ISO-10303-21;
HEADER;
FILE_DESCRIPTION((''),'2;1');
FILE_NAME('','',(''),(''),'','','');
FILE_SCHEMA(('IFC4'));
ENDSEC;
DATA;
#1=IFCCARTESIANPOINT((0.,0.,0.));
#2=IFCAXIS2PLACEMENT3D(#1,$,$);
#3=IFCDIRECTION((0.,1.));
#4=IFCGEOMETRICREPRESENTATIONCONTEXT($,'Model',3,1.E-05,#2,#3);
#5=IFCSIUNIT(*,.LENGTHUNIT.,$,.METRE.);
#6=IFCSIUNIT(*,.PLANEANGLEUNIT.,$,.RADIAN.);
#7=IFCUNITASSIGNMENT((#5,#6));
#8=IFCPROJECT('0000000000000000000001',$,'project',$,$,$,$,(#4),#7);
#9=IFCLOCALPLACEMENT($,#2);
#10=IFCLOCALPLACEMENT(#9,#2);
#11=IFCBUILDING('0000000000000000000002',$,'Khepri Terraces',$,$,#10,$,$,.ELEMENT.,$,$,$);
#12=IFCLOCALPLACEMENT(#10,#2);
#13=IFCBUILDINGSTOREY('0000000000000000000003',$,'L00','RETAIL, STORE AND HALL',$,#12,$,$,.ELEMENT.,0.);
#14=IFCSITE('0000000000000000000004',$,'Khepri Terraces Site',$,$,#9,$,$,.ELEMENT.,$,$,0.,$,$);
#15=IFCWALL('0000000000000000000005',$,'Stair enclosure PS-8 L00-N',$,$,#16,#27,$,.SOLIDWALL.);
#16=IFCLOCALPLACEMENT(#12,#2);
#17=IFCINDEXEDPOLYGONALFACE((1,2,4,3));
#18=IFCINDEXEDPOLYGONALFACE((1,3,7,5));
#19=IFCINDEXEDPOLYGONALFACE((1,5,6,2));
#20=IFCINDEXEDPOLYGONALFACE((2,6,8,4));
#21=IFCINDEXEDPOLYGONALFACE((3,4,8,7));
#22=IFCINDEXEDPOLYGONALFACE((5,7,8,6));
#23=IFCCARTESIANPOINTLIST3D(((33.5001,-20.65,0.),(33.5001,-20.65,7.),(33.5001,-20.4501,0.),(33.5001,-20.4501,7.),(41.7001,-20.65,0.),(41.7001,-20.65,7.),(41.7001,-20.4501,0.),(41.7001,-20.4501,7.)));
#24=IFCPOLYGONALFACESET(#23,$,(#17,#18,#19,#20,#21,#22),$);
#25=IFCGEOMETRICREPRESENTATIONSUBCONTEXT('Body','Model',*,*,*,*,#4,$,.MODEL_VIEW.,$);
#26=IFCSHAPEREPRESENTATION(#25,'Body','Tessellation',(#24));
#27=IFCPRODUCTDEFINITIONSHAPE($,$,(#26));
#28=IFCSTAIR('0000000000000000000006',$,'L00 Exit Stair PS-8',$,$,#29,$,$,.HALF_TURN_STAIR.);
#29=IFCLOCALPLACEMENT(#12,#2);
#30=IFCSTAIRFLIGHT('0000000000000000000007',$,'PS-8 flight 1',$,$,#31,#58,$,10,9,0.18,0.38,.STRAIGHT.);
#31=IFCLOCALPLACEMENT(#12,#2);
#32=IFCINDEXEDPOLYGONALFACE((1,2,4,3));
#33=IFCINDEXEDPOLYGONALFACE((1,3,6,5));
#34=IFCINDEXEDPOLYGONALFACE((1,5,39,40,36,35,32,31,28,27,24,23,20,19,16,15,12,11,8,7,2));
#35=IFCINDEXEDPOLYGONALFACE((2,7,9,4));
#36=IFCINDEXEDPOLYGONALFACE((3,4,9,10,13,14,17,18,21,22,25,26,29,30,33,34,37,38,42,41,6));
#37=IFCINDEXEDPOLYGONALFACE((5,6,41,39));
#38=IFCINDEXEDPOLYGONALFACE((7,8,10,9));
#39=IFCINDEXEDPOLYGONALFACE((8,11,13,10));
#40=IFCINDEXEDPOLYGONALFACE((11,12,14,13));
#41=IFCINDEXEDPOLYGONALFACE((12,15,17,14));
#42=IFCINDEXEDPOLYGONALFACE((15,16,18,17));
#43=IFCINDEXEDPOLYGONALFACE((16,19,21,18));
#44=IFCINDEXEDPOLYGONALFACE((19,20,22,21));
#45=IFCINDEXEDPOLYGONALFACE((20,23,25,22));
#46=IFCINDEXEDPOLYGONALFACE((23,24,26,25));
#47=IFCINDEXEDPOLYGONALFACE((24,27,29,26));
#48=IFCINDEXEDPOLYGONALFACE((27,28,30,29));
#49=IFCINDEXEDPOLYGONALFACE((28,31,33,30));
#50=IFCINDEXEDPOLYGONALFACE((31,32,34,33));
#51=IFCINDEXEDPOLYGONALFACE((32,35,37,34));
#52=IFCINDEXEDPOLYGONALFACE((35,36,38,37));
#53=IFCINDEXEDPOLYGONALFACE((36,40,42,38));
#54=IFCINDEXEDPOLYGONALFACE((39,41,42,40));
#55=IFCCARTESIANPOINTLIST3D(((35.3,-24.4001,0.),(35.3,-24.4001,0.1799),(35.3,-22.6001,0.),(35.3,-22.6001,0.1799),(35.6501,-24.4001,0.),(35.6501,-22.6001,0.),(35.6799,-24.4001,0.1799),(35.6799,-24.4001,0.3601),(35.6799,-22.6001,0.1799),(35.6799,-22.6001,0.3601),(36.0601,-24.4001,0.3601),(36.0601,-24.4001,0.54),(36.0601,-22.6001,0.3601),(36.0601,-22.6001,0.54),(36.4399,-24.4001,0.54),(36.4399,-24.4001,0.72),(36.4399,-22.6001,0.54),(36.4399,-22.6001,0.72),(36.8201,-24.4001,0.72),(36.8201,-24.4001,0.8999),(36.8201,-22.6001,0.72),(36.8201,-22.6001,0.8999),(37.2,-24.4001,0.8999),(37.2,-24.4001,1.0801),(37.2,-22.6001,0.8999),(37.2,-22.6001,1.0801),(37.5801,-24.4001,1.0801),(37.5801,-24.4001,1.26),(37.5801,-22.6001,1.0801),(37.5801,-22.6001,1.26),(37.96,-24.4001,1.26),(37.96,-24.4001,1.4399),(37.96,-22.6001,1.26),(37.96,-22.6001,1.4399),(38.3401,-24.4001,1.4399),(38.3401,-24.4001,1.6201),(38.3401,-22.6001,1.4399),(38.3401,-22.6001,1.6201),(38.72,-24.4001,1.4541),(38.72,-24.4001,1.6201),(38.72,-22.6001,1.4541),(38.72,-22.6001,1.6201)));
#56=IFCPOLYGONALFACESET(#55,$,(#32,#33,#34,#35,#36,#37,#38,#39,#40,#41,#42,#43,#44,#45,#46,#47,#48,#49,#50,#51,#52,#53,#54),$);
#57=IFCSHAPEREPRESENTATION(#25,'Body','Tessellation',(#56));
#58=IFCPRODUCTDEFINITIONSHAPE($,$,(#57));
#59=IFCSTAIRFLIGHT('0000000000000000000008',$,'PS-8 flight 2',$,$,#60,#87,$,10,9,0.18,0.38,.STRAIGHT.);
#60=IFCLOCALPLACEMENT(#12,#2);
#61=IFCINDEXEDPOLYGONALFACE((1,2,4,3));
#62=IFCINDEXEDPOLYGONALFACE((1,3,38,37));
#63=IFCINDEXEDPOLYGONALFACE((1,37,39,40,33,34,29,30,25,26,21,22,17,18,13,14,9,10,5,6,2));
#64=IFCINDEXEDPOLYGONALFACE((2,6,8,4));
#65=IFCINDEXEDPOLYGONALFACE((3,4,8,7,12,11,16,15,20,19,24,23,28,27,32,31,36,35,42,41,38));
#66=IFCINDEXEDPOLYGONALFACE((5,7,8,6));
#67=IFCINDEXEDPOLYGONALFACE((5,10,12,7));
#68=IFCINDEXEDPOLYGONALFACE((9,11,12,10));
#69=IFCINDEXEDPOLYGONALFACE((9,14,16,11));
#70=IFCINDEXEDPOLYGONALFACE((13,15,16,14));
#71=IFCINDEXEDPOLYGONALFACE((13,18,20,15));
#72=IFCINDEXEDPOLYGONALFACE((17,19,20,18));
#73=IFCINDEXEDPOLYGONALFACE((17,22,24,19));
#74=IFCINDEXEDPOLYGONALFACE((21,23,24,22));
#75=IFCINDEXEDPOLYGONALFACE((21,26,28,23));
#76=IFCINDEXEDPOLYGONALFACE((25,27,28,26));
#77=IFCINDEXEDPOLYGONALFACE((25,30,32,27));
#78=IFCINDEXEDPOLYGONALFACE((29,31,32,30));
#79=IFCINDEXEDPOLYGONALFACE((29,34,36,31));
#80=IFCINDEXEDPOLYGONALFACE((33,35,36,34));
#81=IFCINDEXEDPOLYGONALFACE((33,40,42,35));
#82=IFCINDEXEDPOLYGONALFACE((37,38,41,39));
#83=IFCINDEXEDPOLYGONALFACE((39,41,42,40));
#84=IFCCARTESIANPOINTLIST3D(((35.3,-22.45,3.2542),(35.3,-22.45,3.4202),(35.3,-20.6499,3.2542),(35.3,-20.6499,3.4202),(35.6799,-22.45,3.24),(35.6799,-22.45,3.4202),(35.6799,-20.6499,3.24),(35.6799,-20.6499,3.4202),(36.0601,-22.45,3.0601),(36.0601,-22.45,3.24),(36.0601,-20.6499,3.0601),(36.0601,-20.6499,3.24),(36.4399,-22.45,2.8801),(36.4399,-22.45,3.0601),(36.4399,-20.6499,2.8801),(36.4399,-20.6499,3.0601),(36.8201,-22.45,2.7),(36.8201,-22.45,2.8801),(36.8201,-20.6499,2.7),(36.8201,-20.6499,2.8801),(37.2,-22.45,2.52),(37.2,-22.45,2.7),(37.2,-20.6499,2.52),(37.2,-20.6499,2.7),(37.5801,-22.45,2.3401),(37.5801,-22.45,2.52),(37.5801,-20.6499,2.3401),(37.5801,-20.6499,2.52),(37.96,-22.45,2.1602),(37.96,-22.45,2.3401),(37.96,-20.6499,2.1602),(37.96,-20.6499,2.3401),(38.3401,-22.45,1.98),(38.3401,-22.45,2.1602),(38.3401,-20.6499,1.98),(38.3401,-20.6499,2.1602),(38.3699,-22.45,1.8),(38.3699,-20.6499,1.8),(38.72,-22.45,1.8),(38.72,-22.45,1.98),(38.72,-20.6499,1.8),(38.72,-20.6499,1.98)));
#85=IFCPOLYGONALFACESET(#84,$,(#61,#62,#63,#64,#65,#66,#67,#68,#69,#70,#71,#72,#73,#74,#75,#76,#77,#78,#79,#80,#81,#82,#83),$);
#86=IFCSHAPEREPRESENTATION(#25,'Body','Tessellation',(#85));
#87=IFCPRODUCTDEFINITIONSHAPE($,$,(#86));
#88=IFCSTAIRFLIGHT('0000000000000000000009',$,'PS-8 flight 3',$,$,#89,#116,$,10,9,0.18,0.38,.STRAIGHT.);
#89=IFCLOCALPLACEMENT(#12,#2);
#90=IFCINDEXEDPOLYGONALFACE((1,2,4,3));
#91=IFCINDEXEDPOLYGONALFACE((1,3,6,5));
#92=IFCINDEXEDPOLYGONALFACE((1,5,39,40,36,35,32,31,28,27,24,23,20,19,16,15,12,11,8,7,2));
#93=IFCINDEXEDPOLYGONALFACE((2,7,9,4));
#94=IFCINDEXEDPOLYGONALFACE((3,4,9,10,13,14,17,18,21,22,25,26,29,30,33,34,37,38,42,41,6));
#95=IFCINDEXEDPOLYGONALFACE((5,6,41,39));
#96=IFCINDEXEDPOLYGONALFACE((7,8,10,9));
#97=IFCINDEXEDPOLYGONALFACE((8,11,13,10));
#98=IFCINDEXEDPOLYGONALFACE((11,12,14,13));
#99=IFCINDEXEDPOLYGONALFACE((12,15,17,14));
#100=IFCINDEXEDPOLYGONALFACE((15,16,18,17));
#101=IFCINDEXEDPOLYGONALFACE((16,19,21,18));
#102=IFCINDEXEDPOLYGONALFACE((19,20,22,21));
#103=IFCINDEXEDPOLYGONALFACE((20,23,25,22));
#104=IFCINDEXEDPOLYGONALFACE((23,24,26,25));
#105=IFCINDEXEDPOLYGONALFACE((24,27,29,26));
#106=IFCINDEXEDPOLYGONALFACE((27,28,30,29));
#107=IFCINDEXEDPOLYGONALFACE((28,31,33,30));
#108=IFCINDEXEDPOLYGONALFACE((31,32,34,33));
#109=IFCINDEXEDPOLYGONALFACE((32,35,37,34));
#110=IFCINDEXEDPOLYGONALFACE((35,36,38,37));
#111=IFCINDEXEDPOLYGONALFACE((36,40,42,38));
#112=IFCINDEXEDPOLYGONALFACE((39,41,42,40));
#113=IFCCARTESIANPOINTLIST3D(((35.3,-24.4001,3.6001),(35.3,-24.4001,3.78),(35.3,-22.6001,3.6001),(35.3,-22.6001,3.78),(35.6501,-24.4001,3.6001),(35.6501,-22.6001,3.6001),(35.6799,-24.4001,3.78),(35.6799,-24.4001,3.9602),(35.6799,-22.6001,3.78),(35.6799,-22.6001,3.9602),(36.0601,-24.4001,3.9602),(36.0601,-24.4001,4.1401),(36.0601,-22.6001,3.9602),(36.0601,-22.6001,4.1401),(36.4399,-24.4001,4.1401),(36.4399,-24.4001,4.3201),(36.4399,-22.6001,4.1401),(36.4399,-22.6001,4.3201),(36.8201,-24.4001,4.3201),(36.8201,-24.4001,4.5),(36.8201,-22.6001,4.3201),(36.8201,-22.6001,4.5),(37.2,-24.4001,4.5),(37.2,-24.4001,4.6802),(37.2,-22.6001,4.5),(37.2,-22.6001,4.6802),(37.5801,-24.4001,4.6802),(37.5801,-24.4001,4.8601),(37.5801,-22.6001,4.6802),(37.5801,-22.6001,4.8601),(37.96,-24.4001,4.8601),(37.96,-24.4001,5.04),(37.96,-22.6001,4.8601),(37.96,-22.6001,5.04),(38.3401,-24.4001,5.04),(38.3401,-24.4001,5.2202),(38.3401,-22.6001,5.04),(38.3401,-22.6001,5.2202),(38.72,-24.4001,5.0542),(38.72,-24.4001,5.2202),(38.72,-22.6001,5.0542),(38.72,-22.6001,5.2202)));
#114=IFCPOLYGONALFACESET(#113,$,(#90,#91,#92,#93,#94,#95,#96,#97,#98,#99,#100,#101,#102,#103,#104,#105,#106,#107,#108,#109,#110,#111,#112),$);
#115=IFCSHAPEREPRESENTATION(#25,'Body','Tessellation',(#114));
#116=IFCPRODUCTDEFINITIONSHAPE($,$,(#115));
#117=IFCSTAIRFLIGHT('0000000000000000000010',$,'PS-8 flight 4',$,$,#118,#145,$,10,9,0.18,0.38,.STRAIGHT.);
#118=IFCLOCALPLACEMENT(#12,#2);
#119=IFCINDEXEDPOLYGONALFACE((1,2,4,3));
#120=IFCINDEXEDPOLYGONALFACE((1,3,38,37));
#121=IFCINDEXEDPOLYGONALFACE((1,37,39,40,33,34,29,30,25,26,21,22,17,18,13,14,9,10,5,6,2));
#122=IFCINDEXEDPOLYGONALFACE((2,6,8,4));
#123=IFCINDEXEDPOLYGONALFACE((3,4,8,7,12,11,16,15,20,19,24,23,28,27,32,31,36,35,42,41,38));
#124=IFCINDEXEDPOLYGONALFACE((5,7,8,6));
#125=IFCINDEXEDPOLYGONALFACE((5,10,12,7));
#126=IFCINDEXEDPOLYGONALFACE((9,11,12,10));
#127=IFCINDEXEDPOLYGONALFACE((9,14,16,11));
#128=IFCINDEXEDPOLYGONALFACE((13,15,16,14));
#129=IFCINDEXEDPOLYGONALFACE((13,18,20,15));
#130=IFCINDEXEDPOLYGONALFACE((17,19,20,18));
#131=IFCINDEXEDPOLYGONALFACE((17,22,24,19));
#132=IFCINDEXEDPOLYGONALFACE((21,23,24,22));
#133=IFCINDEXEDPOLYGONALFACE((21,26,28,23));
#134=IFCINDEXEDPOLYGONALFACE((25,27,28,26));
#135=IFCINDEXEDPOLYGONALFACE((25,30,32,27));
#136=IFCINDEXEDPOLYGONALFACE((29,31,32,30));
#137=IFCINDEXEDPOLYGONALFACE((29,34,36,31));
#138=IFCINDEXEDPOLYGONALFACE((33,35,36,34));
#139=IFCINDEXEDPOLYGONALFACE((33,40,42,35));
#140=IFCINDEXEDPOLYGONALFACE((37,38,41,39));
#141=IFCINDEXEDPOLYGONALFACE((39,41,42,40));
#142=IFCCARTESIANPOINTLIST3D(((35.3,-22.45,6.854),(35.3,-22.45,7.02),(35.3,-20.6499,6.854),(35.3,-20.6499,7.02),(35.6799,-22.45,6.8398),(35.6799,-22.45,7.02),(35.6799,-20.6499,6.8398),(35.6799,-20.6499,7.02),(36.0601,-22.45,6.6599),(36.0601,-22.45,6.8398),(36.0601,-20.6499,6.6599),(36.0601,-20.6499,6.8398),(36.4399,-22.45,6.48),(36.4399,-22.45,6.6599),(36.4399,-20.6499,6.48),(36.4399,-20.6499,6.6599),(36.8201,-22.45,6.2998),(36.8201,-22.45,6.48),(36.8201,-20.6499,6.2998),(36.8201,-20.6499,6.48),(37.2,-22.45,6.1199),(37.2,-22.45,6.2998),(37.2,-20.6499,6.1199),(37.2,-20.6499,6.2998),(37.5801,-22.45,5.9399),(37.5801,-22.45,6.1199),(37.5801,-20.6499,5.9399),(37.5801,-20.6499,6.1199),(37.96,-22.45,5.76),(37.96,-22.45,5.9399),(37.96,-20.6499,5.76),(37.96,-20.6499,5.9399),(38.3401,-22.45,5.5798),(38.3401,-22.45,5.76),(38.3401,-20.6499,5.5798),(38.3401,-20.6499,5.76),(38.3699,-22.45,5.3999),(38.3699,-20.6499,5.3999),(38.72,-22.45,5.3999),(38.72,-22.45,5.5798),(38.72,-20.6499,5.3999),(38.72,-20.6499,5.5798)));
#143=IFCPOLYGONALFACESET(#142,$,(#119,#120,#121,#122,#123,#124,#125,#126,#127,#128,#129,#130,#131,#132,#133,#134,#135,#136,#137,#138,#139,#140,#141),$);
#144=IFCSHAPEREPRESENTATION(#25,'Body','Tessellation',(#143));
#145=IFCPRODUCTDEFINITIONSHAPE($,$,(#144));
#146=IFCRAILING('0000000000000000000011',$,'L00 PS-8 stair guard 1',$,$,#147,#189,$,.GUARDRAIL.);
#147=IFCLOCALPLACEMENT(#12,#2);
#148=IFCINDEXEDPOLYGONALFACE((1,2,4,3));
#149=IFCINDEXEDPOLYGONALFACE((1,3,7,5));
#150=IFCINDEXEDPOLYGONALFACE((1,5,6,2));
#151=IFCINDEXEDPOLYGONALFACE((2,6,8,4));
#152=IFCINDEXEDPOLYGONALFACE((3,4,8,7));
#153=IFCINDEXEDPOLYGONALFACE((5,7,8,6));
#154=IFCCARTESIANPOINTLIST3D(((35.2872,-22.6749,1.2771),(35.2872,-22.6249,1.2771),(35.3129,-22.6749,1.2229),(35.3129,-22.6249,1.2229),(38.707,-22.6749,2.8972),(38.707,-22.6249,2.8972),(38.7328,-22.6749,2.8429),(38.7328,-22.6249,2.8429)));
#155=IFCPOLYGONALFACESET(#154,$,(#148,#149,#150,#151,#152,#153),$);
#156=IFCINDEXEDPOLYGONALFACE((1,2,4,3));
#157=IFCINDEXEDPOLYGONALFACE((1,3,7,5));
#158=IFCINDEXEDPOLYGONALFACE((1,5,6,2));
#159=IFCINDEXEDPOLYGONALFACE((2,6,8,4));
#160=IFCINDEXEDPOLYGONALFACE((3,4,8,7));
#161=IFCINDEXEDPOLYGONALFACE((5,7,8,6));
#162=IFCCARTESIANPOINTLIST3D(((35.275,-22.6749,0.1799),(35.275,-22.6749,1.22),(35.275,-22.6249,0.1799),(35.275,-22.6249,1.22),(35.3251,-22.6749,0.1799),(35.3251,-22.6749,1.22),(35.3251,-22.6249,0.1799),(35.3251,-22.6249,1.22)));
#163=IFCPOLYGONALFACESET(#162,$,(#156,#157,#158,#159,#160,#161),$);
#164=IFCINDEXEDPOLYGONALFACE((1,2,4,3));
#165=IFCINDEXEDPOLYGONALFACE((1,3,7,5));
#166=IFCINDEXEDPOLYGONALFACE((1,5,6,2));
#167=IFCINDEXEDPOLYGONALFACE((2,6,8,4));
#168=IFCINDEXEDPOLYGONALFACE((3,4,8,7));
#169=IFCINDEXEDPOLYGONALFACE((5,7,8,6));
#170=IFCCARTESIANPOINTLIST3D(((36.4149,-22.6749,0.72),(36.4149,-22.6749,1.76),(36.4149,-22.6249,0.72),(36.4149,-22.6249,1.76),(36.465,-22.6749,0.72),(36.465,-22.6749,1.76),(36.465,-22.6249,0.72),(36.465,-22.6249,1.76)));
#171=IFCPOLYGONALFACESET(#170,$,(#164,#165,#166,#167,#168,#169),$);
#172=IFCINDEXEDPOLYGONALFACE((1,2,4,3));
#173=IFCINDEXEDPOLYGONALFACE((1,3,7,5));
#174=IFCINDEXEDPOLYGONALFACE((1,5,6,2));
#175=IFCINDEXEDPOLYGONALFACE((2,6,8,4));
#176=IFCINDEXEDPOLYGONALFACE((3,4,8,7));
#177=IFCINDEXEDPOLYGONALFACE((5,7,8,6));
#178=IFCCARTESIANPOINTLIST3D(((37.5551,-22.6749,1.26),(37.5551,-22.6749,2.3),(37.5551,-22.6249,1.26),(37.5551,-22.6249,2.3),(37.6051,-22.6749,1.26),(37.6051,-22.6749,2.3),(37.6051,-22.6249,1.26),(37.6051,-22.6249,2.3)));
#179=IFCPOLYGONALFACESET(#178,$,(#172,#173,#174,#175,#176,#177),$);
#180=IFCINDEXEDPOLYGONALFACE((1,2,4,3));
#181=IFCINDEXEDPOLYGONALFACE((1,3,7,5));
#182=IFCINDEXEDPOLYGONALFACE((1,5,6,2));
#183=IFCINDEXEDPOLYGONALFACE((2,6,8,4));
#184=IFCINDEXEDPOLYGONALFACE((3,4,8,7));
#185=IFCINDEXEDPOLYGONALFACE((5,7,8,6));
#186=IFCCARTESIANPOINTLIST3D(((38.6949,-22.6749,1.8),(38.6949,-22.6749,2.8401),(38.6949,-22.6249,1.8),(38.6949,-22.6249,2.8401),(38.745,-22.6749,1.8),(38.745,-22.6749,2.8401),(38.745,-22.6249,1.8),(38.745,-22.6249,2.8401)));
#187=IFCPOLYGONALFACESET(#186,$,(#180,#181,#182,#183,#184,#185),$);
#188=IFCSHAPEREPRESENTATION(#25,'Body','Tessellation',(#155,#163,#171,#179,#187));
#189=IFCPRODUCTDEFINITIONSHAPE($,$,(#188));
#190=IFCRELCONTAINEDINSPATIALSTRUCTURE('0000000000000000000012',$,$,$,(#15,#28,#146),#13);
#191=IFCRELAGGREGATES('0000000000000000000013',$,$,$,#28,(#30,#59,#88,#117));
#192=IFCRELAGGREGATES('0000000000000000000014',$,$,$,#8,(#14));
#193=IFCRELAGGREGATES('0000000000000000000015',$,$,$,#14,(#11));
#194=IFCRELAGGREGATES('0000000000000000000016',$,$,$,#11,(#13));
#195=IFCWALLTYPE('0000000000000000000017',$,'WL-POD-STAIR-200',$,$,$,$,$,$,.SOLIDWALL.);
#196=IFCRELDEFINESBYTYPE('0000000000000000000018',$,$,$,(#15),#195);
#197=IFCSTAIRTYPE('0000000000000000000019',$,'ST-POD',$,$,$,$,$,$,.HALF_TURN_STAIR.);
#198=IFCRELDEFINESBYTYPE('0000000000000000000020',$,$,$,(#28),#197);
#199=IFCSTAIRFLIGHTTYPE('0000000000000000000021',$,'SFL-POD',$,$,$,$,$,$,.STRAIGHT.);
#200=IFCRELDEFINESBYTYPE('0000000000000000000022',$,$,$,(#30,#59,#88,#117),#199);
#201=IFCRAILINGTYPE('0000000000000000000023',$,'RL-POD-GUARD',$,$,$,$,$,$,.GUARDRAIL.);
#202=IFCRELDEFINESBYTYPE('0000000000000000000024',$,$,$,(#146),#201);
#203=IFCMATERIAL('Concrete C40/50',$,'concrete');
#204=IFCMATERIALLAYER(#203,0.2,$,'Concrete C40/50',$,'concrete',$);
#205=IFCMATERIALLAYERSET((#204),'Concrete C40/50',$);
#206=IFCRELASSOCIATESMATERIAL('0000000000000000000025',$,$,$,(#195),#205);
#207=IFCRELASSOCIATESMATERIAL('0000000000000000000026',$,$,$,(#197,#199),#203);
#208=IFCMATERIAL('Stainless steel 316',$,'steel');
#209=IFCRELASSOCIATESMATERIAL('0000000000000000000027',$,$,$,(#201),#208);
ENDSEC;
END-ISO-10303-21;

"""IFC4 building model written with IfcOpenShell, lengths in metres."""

from ifc_helpers import new_model, si_unit, direction, frame, frame_2d, origin, origin_2d, place, context, subcontext, project, spatial, polyline, rectangle, outline, extrude, material, layer, layer_set, type_object, element, aggregate, save


model = new_model("IFC4")

# Units and contexts
model_context = context("Model", 3, precision=1e-05, world=origin(), true_north=direction((0.0, 1.0)))
body_context = subcontext(model_context, "Body", "Model", "MODEL_VIEW")
ifc_project = project(units=[si_unit("LENGTHUNIT", "METRE"), si_unit("PLANEANGLEUNIT", "RADIAN")], contexts=[model_context])

# Site, building, storey
site_placement = place(None, origin())
site = spatial("IfcSite", under=ifc_project, at=site_placement, Name="Khepri Terraces Site", CompositionType="ELEMENT", RefElevation=0.0)
building_placement = place(site_placement, origin())
building = spatial("IfcBuilding", under=site, at=building_placement, Name="Khepri Terraces", CompositionType="ELEMENT")
storey_placement = place(building_placement, origin())
storey = spatial("IfcBuildingStorey", under=building, at=storey_placement, Name="L00", Description="RETAIL, STORE AND HALL", CompositionType="ELEMENT", Elevation=0.0)

# Wall
ifc_material_1 = material(Name="Concrete C40/50", Category="concrete")
ifc_layer_1 = layer(ifc_material_1, 0.2, Name="Concrete C40/50", Category="concrete")
ifc_layer_set_1 = layer_set([ifc_layer_1], Name="Concrete C40/50")
wall_type_1 = type_object("IfcWallType", Name="WL-POD-STAIR-200", PredefinedType="SOLIDWALL", material=ifc_layer_set_1)
for number, where, z_axis, x_axis, name in (
    (1, (33.5, -20.55, 0.0), (0.0, 0.0, 1.0), (1.0, 0.0, 0.0), "Stair enclosure PS-8 L00-N"),
):
    element("IfcWall", number, at=place(storey_placement, frame(where, z_axis=z_axis, x_axis=x_axis)), inside=storey, type_object=wall_type_1, Name=name, PredefinedType="SOLIDWALL", context=body_context, shape_type="SweptSolid", body=[
        extrude(rectangle(XDim=8.2, YDim=0.2, at=frame_2d((4.1001, 0.0))), origin(), (0.0, 0.0, 1.0), 7.0),
    ])

# Stair, stair flights
stair_type = type_object("IfcStairType", Name="ST-POD", PredefinedType="HALF_TURN_STAIR", material=ifc_material_1)
stair_placement = place(storey_placement, origin())
stair = element("IfcStair", 2, at=stair_placement, inside=storey, type_object=stair_type, Name="L00 Exit Stair PS-8", PredefinedType="HALF_TURN_STAIR")
stair_flight_type = type_object("IfcStairFlightType", Name="SFL-POD", PredefinedType="STRAIGHT", material=ifc_material_1)
stair_flight_1_placement = place(storey_placement, frame((35.3, -23.5, 0.0), z_axis=(0.0, 0.0, 1.0), x_axis=(1.0, 0.0, 0.0)))
stair_flight_1 = element("IfcStairFlight", 3, at=stair_flight_1_placement, type_object=stair_flight_type, Name="PS-8 flight 1", NumberOfRisers=10, NumberOfTreads=9, PredefinedType="STRAIGHT", RiserHeight=0.18, TreadLength=0.38, context=body_context, shape_type="SweptSolid", body=[
    extrude(outline(polyline([(0.0, 0.0), (0.0, 0.1799), (0.3799, 0.1799), (0.3799, 0.3601), (0.76, 0.3601), (0.76, 0.54), (1.1399, 0.54), (1.1399, 0.72), (1.52, 0.72), (1.52, 0.8999), (1.8999, 0.8999), (1.8999, 1.0801), (2.28, 1.0801), (2.28, 1.26), (2.6599, 1.26), (2.6599, 1.4399), (3.04, 1.4399), (3.04, 1.6201), (3.4199, 1.6201), (3.4199, 1.8), (3.4199, 1.4541), (0.3501, 0.0), (0.0, 0.0)])), frame((0.0, 0.8999, 0.0), z_axis=(0.0, -1.0, 0.0), x_axis=(1.0, 0.0, 0.0)), (0.0, 0.0, 1.0), 1.8),
])
stair_flight_2_placement = place(storey_placement, frame((38.72, -21.55, 1.8), z_axis=(0.0, 0.0, 1.0), x_axis=(-1.0, 0.0, 0.0)))
stair_flight_2 = element("IfcStairFlight", 4, at=stair_flight_2_placement, type_object=stair_flight_type, Name="PS-8 flight 2", NumberOfRisers=10, NumberOfTreads=9, PredefinedType="STRAIGHT", RiserHeight=0.18, TreadLength=0.38, context=body_context, shape_type="SweptSolid", body=[
    extrude(outline(polyline([(0.0, 0.0), (0.0, 0.1799), (0.3799, 0.1799), (0.3799, 0.3601), (0.76, 0.3601), (0.76, 0.54), (1.1399, 0.54), (1.1399, 0.72), (1.52, 0.72), (1.52, 0.8999), (1.8999, 0.8999), (1.8999, 1.0801), (2.28, 1.0801), (2.28, 1.26), (2.6599, 1.26), (2.6599, 1.4399), (3.04, 1.4399), (3.04, 1.6201), (3.4199, 1.6201), (3.4199, 1.8), (3.4199, 1.4541), (0.3501, 0.0), (0.0, 0.0)])), frame((0.0, 0.8999, 0.0), z_axis=(0.0, -1.0, 0.0), x_axis=(1.0, 0.0, 0.0)), (0.0, 0.0, 1.0), 1.8),
])
stair_flight_3_placement = place(storey_placement, frame((35.3, -23.5, 3.6001), z_axis=(0.0, 0.0, 1.0), x_axis=(1.0, 0.0, 0.0)))
stair_flight_3 = element("IfcStairFlight", 5, at=stair_flight_3_placement, type_object=stair_flight_type, Name="PS-8 flight 3", NumberOfRisers=10, NumberOfTreads=9, PredefinedType="STRAIGHT", RiserHeight=0.18, TreadLength=0.38, context=body_context, shape_type="SweptSolid", body=[
    extrude(outline(polyline([(0.0, 0.0), (0.0, 0.1799), (0.3799, 0.1799), (0.3799, 0.3601), (0.76, 0.3601), (0.76, 0.54), (1.1399, 0.54), (1.1399, 0.72), (1.52, 0.72), (1.52, 0.8999), (1.8999, 0.8999), (1.8999, 1.0801), (2.28, 1.0801), (2.28, 1.26), (2.6599, 1.26), (2.6599, 1.4399), (3.04, 1.4399), (3.04, 1.6201), (3.4199, 1.6201), (3.4199, 1.8), (3.4199, 1.4541), (0.3501, 0.0), (0.0, 0.0)])), frame((0.0, 0.8999, 0.0), z_axis=(0.0, -1.0, 0.0), x_axis=(1.0, 0.0, 0.0)), (0.0, 0.0, 1.0), 1.8),
])
stair_flight_4_placement = place(storey_placement, frame((38.72, -21.55, 5.3999), z_axis=(0.0, 0.0, 1.0), x_axis=(-1.0, 0.0, 0.0)))
stair_flight_4 = element("IfcStairFlight", 6, at=stair_flight_4_placement, type_object=stair_flight_type, Name="PS-8 flight 4", NumberOfRisers=10, NumberOfTreads=9, PredefinedType="STRAIGHT", RiserHeight=0.18, TreadLength=0.38, context=body_context, shape_type="SweptSolid", body=[
    extrude(outline(polyline([(0.0, 0.0), (0.0, 0.1799), (0.3799, 0.1799), (0.3799, 0.3601), (0.76, 0.3601), (0.76, 0.54), (1.1399, 0.54), (1.1399, 0.72), (1.52, 0.72), (1.52, 0.8999), (1.8999, 0.8999), (1.8999, 1.0801), (2.28, 1.0801), (2.28, 1.26), (2.6599, 1.26), (2.6599, 1.4399), (3.04, 1.4399), (3.04, 1.6201), (3.4199, 1.6201), (3.4199, 1.8), (3.4199, 1.4541), (0.3501, 0.0), (0.0, 0.0)])), frame((0.0, 0.8999, 0.0), z_axis=(0.0, -1.0, 0.0), x_axis=(1.0, 0.0, 0.0)), (0.0, 0.0, 1.0), 1.8),
])
aggregate(stair, [stair_flight_1, stair_flight_2, stair_flight_3, stair_flight_4])

# Railing
ifc_material_2 = material(Name="Stainless steel 316", Category="steel")
railing_type_1 = type_object("IfcRailingType", Name="RL-POD-GUARD", PredefinedType="GUARDRAIL", material=ifc_material_2)
railing_1_placement = place(storey_placement, frame((35.3, -22.6499, 0.1799)))
element("IfcRailing", 7, at=railing_1_placement, inside=storey, type_object=railing_type_1, Name="L00 PS-8 stair guard 1", PredefinedType="GUARDRAIL", context=body_context, shape_type="SweptSolid", body=[
    extrude(rectangle(XDim=0.05, YDim=0.0601, at=origin_2d()), frame((0.0, 0.0, 1.0701), z_axis=(0.903722, 0.0, 0.42812), x_axis=(0.0, 1.0, 0.0)), (0.0, 0.0, 1.0), 3.7842),
    extrude(rectangle(XDim=0.05, YDim=0.05, at=origin_2d()), origin(), (0.0, 0.0, 1.0), 1.04),
    extrude(rectangle(XDim=0.05, YDim=0.05, at=origin_2d()), frame((1.1399, 0.0, 0.54)), (0.0, 0.0, 1.0), 1.04),
    extrude(rectangle(XDim=0.05, YDim=0.05, at=origin_2d()), frame((2.28, 0.0, 1.0801)), (0.0, 0.0, 1.0), 1.04),
    extrude(rectangle(XDim=0.05, YDim=0.05, at=origin_2d()), frame((3.4199, 0.0, 1.6201)), (0.0, 0.0, 1.0), 1.04),
])

save(model, "model.ifc")
